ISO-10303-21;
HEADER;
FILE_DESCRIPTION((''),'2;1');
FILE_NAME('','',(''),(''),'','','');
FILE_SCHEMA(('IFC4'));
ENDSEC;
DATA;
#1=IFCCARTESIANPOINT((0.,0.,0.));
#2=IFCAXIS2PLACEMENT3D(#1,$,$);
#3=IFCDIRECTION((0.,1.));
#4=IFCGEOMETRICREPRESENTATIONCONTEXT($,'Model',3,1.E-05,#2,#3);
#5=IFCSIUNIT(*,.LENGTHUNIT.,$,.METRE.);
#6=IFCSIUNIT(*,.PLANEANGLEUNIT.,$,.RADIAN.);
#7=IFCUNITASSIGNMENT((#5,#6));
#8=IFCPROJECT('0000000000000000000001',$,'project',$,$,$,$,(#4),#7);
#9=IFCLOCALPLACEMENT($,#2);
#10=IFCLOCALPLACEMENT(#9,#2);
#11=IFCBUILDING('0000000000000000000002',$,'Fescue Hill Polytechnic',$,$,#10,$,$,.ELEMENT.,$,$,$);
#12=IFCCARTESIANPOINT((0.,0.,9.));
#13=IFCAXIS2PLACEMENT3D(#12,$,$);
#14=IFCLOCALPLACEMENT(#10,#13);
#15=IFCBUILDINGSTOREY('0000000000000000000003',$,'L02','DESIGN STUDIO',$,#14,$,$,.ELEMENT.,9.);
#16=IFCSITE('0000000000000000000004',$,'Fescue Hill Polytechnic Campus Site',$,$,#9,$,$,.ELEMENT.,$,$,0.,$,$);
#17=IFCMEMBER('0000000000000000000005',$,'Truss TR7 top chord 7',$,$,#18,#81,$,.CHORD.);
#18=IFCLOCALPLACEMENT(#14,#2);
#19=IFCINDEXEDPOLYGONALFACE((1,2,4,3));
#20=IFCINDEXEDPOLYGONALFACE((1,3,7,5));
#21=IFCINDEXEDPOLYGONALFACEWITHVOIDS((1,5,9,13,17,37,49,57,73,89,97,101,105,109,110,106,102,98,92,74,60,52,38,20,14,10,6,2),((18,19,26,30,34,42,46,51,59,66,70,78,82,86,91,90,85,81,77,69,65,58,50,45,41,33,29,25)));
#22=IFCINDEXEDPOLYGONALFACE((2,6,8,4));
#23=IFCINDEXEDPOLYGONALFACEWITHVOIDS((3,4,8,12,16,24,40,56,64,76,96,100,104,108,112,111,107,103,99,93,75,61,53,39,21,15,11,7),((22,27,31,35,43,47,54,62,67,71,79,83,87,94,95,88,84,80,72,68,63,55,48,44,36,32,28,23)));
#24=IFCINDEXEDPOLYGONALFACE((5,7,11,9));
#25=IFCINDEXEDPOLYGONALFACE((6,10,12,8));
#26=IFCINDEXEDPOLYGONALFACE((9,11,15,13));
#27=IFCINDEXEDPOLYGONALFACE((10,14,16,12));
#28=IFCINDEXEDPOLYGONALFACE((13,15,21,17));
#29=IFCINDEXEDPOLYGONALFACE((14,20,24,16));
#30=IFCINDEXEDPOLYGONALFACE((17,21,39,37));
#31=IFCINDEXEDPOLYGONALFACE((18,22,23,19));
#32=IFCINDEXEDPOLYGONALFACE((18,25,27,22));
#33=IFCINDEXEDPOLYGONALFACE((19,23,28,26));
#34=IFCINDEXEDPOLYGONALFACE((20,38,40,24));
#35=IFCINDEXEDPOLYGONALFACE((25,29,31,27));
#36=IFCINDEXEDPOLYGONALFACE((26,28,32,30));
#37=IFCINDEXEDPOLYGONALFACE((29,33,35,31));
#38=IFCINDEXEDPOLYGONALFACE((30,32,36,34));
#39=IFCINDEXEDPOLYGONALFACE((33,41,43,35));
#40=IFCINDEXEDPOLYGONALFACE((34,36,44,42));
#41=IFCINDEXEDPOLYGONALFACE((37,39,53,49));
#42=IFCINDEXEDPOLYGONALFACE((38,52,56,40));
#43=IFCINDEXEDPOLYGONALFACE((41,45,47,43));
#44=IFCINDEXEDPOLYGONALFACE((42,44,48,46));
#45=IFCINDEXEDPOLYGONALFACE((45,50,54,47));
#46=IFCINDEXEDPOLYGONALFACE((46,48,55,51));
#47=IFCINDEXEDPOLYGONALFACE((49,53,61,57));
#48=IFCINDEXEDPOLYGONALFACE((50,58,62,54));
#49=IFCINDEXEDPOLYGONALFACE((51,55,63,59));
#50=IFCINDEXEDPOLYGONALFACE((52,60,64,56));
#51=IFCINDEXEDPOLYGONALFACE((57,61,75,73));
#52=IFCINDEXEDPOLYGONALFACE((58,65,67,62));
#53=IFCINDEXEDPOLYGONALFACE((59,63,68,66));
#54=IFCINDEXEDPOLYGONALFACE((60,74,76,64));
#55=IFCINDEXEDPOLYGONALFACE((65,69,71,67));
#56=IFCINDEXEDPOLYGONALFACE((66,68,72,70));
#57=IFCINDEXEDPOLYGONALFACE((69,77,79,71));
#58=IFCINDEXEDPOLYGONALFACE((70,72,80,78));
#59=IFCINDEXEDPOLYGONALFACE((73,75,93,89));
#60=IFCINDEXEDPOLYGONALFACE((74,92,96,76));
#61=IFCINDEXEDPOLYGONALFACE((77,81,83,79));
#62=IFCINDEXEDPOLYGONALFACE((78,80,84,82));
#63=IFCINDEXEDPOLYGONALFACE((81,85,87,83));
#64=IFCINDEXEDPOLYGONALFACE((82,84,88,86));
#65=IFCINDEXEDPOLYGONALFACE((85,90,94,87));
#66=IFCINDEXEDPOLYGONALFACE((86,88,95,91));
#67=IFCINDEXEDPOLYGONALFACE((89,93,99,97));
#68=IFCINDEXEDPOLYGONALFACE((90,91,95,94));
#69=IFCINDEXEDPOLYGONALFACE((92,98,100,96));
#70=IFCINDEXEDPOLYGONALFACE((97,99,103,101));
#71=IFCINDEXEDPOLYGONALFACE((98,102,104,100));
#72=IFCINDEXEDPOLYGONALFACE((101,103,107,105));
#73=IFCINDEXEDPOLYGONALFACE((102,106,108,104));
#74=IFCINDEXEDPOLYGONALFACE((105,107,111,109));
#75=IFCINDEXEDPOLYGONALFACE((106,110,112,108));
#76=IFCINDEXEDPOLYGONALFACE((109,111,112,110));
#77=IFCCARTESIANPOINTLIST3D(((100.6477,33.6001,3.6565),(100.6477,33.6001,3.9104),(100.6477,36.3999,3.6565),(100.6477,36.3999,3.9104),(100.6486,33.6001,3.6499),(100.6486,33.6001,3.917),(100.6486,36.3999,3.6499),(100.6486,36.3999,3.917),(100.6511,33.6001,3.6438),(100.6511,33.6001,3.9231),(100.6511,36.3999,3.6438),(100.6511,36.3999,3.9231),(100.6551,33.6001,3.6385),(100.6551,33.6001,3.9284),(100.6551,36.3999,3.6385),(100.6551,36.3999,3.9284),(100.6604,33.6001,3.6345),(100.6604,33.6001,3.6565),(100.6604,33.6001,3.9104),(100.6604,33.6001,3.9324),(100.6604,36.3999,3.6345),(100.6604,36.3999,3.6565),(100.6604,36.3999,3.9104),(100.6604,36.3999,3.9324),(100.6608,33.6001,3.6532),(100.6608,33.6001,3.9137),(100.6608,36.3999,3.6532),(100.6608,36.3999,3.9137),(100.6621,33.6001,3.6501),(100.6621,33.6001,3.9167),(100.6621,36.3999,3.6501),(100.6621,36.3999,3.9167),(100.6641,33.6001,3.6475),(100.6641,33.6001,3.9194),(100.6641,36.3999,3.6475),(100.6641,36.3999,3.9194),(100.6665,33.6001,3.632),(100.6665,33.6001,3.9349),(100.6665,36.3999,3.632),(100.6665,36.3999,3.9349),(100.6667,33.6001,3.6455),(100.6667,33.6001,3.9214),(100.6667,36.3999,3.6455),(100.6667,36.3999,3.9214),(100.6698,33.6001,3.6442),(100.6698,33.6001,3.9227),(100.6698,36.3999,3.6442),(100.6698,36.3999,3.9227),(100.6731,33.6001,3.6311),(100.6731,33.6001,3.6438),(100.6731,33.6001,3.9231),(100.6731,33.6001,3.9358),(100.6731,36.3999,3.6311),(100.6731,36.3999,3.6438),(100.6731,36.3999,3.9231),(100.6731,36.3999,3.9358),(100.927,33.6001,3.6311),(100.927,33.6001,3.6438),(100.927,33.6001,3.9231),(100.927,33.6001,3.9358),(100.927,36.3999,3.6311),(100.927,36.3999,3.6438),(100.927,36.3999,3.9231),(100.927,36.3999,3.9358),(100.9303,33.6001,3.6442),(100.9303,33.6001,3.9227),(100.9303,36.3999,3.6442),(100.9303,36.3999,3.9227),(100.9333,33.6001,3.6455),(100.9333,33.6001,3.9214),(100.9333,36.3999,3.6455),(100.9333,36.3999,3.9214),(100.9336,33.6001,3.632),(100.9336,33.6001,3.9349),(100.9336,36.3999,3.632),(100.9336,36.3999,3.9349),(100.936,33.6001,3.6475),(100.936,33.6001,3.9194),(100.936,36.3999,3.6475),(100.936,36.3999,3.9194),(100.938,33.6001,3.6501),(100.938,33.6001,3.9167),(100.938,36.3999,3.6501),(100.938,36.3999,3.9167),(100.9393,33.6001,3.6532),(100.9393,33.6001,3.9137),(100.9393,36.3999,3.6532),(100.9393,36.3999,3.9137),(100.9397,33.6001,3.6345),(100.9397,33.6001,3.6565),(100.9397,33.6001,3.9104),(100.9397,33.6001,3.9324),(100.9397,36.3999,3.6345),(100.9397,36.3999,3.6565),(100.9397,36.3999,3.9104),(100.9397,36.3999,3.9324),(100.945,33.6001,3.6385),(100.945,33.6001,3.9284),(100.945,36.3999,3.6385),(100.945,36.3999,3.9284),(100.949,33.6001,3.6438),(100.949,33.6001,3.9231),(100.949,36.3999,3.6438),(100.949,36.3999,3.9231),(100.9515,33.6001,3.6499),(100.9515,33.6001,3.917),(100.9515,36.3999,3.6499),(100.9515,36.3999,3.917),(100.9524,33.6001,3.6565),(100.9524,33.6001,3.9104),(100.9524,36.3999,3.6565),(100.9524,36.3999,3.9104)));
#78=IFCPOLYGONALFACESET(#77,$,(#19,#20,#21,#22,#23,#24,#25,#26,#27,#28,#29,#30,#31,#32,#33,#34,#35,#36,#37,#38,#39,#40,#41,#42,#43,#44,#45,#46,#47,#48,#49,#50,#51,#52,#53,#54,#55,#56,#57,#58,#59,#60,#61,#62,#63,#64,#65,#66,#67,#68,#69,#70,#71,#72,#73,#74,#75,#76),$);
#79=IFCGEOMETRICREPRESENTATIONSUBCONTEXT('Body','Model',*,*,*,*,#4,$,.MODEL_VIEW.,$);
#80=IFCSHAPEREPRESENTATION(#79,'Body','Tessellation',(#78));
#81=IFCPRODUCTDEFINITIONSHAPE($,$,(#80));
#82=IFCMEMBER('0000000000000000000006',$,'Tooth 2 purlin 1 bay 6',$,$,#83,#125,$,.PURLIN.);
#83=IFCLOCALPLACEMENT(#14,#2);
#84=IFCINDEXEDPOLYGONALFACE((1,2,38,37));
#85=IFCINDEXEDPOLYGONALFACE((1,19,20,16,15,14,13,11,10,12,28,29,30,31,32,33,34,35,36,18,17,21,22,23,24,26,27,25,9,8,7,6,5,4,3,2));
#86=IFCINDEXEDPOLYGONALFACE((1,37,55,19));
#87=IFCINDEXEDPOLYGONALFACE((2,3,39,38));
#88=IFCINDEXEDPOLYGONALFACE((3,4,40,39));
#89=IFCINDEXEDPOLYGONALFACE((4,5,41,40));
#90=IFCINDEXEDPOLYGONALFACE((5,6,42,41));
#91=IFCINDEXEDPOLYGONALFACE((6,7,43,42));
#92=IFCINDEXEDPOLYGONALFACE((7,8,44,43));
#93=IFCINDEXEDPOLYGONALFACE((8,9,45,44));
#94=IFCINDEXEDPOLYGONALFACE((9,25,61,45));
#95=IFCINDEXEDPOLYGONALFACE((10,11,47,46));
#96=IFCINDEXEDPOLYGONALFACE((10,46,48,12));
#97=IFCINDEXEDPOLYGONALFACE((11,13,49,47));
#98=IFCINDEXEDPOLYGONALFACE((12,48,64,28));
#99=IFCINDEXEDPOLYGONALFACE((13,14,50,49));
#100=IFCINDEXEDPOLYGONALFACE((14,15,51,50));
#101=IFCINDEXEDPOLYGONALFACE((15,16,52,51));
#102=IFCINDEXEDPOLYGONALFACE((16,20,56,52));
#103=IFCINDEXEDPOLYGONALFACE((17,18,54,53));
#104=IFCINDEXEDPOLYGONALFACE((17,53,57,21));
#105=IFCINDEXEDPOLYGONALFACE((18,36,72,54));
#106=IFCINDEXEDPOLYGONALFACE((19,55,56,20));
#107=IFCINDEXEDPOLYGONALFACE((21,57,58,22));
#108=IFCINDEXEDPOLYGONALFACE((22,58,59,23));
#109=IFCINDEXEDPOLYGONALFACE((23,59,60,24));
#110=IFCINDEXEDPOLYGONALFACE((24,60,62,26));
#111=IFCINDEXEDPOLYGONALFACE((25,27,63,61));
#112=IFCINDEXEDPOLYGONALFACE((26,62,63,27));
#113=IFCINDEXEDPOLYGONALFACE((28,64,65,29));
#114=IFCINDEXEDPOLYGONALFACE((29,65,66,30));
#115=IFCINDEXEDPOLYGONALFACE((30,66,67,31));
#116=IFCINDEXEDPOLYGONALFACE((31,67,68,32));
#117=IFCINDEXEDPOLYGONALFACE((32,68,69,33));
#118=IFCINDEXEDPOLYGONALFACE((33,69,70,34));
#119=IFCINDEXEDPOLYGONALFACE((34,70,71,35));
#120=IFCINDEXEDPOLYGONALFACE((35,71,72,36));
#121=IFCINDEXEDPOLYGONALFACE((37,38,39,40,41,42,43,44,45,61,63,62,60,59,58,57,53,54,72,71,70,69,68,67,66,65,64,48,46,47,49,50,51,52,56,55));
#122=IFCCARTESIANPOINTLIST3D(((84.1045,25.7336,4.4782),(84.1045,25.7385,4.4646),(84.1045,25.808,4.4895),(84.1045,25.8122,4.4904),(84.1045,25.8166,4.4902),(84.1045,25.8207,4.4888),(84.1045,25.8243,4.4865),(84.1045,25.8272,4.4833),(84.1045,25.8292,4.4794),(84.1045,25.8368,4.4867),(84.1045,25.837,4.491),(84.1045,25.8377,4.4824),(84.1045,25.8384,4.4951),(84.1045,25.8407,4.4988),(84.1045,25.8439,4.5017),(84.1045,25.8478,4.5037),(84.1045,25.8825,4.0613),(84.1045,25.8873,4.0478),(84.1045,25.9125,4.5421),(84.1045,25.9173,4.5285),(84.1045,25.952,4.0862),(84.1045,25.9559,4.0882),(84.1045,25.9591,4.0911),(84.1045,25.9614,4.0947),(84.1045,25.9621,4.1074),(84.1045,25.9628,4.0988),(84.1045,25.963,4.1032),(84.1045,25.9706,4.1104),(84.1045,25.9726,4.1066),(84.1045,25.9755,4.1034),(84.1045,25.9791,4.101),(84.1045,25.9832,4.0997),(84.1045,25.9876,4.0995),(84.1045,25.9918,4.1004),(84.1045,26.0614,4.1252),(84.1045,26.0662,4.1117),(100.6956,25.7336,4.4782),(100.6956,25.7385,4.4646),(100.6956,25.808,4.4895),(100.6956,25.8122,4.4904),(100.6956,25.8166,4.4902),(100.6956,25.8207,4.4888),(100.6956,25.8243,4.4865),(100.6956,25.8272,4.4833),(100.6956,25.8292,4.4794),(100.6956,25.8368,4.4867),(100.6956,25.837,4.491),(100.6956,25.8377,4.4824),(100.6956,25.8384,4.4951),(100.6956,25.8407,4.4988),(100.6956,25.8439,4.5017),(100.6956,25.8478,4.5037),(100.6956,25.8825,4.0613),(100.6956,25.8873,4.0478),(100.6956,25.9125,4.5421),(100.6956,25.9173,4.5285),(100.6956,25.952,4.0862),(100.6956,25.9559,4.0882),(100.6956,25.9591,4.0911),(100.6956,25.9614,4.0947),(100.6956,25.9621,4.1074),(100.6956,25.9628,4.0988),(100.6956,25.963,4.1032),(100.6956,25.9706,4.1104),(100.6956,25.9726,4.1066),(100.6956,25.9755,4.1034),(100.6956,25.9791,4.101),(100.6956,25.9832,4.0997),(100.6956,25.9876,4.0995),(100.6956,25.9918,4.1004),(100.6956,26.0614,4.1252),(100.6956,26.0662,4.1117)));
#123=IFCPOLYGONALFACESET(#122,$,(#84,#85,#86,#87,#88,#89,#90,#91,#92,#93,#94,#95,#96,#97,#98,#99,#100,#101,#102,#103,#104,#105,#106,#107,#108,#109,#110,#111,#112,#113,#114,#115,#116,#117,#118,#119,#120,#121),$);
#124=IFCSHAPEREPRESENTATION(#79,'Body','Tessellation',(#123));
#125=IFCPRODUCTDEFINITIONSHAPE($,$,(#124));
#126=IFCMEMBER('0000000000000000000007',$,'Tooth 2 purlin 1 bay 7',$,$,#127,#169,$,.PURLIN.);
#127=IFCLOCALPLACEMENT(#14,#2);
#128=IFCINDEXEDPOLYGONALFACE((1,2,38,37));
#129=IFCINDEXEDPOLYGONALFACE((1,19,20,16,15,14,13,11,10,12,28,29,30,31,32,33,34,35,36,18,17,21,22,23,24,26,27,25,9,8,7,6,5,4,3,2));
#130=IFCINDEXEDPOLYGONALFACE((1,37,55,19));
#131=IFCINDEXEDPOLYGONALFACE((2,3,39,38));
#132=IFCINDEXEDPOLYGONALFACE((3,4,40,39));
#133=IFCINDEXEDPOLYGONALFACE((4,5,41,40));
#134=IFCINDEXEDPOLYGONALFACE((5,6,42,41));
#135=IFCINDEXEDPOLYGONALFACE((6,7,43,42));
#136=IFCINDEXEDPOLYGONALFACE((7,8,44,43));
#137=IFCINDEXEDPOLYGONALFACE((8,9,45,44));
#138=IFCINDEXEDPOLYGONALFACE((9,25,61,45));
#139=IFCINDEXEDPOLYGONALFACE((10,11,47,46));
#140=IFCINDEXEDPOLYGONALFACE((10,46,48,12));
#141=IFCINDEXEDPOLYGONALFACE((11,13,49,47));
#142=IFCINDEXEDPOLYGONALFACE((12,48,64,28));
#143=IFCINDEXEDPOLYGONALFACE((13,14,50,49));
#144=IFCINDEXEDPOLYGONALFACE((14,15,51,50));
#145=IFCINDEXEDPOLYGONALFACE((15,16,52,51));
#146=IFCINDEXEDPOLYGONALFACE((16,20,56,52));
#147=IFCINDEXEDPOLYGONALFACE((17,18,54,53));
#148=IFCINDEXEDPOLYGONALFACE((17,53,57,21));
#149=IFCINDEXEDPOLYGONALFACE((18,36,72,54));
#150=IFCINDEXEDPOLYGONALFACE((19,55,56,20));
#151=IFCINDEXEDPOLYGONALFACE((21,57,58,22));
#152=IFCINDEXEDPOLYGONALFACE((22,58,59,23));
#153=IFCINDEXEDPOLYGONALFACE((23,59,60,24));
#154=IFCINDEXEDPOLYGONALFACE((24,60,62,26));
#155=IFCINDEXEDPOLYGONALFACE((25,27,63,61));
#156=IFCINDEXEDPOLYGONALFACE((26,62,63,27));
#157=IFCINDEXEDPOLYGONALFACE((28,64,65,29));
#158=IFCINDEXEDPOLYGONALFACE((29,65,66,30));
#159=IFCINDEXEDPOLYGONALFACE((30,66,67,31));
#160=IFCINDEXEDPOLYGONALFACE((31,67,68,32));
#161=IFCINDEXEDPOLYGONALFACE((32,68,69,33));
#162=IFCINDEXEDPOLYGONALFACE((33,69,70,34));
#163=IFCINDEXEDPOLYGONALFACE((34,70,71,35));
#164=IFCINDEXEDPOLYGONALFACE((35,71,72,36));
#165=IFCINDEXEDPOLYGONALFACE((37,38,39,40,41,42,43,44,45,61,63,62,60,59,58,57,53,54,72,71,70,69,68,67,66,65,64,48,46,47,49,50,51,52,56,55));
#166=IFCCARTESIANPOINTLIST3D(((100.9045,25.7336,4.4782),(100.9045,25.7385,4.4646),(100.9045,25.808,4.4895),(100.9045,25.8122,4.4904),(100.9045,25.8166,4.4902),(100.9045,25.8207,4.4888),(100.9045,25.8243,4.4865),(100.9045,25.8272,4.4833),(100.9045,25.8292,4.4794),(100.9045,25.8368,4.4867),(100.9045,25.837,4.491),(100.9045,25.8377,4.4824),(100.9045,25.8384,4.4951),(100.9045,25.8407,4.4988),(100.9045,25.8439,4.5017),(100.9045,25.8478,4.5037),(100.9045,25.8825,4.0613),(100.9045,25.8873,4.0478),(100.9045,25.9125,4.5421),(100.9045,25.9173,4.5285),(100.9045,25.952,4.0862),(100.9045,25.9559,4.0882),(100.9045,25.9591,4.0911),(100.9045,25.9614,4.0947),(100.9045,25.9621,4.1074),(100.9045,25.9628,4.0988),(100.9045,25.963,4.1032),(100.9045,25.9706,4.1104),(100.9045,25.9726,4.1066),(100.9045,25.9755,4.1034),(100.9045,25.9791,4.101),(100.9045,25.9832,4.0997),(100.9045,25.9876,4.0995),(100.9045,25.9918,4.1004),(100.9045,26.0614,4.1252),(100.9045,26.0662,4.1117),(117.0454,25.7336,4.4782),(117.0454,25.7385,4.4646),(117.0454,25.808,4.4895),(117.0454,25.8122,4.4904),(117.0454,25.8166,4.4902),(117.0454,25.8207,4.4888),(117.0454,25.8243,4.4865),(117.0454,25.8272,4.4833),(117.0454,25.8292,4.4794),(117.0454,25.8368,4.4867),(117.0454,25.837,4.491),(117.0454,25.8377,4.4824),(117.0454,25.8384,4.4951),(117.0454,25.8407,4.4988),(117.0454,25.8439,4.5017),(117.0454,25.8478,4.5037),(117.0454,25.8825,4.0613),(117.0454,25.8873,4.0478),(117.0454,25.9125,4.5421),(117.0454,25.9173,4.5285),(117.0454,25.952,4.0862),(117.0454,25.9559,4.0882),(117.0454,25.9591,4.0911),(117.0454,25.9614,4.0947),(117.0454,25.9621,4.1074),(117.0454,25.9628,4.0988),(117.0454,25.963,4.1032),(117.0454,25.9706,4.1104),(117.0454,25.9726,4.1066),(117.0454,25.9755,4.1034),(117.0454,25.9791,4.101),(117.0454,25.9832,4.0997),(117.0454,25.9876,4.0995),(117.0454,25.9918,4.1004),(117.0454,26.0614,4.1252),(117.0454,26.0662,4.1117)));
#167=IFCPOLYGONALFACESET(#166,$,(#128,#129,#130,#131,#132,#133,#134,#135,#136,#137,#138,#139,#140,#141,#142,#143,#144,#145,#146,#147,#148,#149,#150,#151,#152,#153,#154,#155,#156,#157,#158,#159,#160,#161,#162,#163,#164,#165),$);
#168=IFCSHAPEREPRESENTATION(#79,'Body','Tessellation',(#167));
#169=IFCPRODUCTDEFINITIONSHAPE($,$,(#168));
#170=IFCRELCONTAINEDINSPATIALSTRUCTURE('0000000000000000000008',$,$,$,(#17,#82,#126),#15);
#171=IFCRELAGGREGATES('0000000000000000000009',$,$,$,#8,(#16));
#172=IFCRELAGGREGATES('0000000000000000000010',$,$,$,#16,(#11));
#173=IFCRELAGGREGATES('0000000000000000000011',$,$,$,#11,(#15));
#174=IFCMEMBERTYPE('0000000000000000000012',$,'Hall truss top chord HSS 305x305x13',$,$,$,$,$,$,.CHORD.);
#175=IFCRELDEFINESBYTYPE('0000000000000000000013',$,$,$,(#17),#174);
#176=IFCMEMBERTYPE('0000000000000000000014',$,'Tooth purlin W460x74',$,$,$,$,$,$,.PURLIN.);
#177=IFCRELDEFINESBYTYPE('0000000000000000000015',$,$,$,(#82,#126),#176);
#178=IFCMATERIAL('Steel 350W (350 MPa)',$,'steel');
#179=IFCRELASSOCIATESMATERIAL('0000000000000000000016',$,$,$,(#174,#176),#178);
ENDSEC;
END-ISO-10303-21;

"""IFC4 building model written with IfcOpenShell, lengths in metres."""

from ifc_helpers import new_model, si_unit, direction, frame, origin, origin_2d, place, context, subcontext, project, spatial, hollow_rectangle, i_section, extrude, material, material_profile, profile_set, type_object, element, save


model = new_model("IFC4")

# Units and contexts
model_context = context("Model", 3, precision=1e-05, world=origin(), true_north=direction((0.0, 1.0)))
body_context = subcontext(model_context, "Body", "Model", "MODEL_VIEW")
ifc_project = project(units=[si_unit("LENGTHUNIT", "METRE"), si_unit("PLANEANGLEUNIT", "RADIAN")], contexts=[model_context])

# Site, building, storey
site_placement = place(None, origin())
site = spatial("IfcSite", under=ifc_project, at=site_placement, Name="Fescue Hill Polytechnic Campus Site", CompositionType="ELEMENT", RefElevation=0.0)
building_placement = place(site_placement, origin())
building = spatial("IfcBuilding", under=site, at=building_placement, Name="Fescue Hill Polytechnic", CompositionType="ELEMENT")
storey_placement = place(building_placement, frame((0.0, 0.0, 9.0)))
storey = spatial("IfcBuildingStorey", under=building, at=storey_placement, Name="L02", Description="DESIGN STUDIO", CompositionType="ELEMENT", Elevation=9.0)

# Members
ifc_material = material(Name="Steel 350W (350 MPa)", Category="steel")
ifc_material_profile_1 = material_profile(ifc_material, hollow_rectangle(XDim=0.3047, YDim=0.3047, WallThickness=0.0127, InnerFilletRadius=0.0127, OuterFilletRadius=0.0254, at=origin_2d()), Name="Hall truss top chord HSS 305x305x13")
ifc_profile_set_1 = profile_set([ifc_material_profile_1], Name="Steel 350W (350 MPa)")
member_type_1 = type_object("IfcMemberType", Name="Hall truss top chord HSS 305x305x13", PredefinedType="CHORD", material=ifc_profile_set_1)
member_1_placement = place(storey_placement, frame((100.8, 33.6001, 3.7834), z_axis=(0.0, 1.0, 0.0), x_axis=(-1.0, 0.0, 0.0)))
element("IfcMember", 1, at=member_1_placement, inside=storey, type_object=member_type_1, Name="Truss TR7 top chord 7", PredefinedType="CHORD", context=body_context, shape_type="SweptSolid", body=[
    extrude(hollow_rectangle(XDim=0.3047, YDim=0.3047, WallThickness=0.0127, InnerFilletRadius=0.0127, OuterFilletRadius=0.0254, at=origin_2d()), origin(), (0.0, 0.0, 1.0), 2.7998),
])
ifc_material_profile_2 = material_profile(ifc_material, i_section(OverallWidth=0.1899, OverallDepth=0.457, WebThickness=0.009, FlangeThickness=0.0144, FilletRadius=0.0166, at=origin_2d()), Name="W460x74")
ifc_profile_set_2 = profile_set([ifc_material_profile_2], Name="Steel 350W (350 MPa)")
member_type_2 = type_object("IfcMemberType", Name="Tooth purlin W460x74", PredefinedType="PURLIN", material=ifc_profile_set_2)
member_2_placement = place(storey_placement, frame((84.1045, 25.8999, 4.2949), z_axis=(1.0, 0.0, 0.0), x_axis=(0.0, 0.941742, 0.336336)))
element("IfcMember", 2, at=member_2_placement, inside=storey, type_object=member_type_2, Name="Tooth 2 purlin 1 bay 6", PredefinedType="PURLIN", context=body_context, shape_type="SweptSolid", body=[
    extrude(i_section(OverallWidth=0.1899, OverallDepth=0.457, WebThickness=0.009, FlangeThickness=0.0144, FilletRadius=0.0166, at=origin_2d()), origin(), (0.0, 0.0, 1.0), 16.5911),
])
member_3_placement = place(storey_placement, frame((100.9045, 25.8999, 4.2949), z_axis=(1.0, 0.0, 0.0), x_axis=(0.0, 0.941742, 0.336336)))
element("IfcMember", 3, at=member_3_placement, inside=storey, type_object=member_type_2, Name="Tooth 2 purlin 1 bay 7", PredefinedType="PURLIN", context=body_context, shape_type="SweptSolid", body=[
    extrude(i_section(OverallWidth=0.1899, OverallDepth=0.457, WebThickness=0.009, FlangeThickness=0.0144, FilletRadius=0.0166, at=origin_2d()), origin(), (0.0, 0.0, 1.0), 16.1409),
])

save(model, "model.ifc")
